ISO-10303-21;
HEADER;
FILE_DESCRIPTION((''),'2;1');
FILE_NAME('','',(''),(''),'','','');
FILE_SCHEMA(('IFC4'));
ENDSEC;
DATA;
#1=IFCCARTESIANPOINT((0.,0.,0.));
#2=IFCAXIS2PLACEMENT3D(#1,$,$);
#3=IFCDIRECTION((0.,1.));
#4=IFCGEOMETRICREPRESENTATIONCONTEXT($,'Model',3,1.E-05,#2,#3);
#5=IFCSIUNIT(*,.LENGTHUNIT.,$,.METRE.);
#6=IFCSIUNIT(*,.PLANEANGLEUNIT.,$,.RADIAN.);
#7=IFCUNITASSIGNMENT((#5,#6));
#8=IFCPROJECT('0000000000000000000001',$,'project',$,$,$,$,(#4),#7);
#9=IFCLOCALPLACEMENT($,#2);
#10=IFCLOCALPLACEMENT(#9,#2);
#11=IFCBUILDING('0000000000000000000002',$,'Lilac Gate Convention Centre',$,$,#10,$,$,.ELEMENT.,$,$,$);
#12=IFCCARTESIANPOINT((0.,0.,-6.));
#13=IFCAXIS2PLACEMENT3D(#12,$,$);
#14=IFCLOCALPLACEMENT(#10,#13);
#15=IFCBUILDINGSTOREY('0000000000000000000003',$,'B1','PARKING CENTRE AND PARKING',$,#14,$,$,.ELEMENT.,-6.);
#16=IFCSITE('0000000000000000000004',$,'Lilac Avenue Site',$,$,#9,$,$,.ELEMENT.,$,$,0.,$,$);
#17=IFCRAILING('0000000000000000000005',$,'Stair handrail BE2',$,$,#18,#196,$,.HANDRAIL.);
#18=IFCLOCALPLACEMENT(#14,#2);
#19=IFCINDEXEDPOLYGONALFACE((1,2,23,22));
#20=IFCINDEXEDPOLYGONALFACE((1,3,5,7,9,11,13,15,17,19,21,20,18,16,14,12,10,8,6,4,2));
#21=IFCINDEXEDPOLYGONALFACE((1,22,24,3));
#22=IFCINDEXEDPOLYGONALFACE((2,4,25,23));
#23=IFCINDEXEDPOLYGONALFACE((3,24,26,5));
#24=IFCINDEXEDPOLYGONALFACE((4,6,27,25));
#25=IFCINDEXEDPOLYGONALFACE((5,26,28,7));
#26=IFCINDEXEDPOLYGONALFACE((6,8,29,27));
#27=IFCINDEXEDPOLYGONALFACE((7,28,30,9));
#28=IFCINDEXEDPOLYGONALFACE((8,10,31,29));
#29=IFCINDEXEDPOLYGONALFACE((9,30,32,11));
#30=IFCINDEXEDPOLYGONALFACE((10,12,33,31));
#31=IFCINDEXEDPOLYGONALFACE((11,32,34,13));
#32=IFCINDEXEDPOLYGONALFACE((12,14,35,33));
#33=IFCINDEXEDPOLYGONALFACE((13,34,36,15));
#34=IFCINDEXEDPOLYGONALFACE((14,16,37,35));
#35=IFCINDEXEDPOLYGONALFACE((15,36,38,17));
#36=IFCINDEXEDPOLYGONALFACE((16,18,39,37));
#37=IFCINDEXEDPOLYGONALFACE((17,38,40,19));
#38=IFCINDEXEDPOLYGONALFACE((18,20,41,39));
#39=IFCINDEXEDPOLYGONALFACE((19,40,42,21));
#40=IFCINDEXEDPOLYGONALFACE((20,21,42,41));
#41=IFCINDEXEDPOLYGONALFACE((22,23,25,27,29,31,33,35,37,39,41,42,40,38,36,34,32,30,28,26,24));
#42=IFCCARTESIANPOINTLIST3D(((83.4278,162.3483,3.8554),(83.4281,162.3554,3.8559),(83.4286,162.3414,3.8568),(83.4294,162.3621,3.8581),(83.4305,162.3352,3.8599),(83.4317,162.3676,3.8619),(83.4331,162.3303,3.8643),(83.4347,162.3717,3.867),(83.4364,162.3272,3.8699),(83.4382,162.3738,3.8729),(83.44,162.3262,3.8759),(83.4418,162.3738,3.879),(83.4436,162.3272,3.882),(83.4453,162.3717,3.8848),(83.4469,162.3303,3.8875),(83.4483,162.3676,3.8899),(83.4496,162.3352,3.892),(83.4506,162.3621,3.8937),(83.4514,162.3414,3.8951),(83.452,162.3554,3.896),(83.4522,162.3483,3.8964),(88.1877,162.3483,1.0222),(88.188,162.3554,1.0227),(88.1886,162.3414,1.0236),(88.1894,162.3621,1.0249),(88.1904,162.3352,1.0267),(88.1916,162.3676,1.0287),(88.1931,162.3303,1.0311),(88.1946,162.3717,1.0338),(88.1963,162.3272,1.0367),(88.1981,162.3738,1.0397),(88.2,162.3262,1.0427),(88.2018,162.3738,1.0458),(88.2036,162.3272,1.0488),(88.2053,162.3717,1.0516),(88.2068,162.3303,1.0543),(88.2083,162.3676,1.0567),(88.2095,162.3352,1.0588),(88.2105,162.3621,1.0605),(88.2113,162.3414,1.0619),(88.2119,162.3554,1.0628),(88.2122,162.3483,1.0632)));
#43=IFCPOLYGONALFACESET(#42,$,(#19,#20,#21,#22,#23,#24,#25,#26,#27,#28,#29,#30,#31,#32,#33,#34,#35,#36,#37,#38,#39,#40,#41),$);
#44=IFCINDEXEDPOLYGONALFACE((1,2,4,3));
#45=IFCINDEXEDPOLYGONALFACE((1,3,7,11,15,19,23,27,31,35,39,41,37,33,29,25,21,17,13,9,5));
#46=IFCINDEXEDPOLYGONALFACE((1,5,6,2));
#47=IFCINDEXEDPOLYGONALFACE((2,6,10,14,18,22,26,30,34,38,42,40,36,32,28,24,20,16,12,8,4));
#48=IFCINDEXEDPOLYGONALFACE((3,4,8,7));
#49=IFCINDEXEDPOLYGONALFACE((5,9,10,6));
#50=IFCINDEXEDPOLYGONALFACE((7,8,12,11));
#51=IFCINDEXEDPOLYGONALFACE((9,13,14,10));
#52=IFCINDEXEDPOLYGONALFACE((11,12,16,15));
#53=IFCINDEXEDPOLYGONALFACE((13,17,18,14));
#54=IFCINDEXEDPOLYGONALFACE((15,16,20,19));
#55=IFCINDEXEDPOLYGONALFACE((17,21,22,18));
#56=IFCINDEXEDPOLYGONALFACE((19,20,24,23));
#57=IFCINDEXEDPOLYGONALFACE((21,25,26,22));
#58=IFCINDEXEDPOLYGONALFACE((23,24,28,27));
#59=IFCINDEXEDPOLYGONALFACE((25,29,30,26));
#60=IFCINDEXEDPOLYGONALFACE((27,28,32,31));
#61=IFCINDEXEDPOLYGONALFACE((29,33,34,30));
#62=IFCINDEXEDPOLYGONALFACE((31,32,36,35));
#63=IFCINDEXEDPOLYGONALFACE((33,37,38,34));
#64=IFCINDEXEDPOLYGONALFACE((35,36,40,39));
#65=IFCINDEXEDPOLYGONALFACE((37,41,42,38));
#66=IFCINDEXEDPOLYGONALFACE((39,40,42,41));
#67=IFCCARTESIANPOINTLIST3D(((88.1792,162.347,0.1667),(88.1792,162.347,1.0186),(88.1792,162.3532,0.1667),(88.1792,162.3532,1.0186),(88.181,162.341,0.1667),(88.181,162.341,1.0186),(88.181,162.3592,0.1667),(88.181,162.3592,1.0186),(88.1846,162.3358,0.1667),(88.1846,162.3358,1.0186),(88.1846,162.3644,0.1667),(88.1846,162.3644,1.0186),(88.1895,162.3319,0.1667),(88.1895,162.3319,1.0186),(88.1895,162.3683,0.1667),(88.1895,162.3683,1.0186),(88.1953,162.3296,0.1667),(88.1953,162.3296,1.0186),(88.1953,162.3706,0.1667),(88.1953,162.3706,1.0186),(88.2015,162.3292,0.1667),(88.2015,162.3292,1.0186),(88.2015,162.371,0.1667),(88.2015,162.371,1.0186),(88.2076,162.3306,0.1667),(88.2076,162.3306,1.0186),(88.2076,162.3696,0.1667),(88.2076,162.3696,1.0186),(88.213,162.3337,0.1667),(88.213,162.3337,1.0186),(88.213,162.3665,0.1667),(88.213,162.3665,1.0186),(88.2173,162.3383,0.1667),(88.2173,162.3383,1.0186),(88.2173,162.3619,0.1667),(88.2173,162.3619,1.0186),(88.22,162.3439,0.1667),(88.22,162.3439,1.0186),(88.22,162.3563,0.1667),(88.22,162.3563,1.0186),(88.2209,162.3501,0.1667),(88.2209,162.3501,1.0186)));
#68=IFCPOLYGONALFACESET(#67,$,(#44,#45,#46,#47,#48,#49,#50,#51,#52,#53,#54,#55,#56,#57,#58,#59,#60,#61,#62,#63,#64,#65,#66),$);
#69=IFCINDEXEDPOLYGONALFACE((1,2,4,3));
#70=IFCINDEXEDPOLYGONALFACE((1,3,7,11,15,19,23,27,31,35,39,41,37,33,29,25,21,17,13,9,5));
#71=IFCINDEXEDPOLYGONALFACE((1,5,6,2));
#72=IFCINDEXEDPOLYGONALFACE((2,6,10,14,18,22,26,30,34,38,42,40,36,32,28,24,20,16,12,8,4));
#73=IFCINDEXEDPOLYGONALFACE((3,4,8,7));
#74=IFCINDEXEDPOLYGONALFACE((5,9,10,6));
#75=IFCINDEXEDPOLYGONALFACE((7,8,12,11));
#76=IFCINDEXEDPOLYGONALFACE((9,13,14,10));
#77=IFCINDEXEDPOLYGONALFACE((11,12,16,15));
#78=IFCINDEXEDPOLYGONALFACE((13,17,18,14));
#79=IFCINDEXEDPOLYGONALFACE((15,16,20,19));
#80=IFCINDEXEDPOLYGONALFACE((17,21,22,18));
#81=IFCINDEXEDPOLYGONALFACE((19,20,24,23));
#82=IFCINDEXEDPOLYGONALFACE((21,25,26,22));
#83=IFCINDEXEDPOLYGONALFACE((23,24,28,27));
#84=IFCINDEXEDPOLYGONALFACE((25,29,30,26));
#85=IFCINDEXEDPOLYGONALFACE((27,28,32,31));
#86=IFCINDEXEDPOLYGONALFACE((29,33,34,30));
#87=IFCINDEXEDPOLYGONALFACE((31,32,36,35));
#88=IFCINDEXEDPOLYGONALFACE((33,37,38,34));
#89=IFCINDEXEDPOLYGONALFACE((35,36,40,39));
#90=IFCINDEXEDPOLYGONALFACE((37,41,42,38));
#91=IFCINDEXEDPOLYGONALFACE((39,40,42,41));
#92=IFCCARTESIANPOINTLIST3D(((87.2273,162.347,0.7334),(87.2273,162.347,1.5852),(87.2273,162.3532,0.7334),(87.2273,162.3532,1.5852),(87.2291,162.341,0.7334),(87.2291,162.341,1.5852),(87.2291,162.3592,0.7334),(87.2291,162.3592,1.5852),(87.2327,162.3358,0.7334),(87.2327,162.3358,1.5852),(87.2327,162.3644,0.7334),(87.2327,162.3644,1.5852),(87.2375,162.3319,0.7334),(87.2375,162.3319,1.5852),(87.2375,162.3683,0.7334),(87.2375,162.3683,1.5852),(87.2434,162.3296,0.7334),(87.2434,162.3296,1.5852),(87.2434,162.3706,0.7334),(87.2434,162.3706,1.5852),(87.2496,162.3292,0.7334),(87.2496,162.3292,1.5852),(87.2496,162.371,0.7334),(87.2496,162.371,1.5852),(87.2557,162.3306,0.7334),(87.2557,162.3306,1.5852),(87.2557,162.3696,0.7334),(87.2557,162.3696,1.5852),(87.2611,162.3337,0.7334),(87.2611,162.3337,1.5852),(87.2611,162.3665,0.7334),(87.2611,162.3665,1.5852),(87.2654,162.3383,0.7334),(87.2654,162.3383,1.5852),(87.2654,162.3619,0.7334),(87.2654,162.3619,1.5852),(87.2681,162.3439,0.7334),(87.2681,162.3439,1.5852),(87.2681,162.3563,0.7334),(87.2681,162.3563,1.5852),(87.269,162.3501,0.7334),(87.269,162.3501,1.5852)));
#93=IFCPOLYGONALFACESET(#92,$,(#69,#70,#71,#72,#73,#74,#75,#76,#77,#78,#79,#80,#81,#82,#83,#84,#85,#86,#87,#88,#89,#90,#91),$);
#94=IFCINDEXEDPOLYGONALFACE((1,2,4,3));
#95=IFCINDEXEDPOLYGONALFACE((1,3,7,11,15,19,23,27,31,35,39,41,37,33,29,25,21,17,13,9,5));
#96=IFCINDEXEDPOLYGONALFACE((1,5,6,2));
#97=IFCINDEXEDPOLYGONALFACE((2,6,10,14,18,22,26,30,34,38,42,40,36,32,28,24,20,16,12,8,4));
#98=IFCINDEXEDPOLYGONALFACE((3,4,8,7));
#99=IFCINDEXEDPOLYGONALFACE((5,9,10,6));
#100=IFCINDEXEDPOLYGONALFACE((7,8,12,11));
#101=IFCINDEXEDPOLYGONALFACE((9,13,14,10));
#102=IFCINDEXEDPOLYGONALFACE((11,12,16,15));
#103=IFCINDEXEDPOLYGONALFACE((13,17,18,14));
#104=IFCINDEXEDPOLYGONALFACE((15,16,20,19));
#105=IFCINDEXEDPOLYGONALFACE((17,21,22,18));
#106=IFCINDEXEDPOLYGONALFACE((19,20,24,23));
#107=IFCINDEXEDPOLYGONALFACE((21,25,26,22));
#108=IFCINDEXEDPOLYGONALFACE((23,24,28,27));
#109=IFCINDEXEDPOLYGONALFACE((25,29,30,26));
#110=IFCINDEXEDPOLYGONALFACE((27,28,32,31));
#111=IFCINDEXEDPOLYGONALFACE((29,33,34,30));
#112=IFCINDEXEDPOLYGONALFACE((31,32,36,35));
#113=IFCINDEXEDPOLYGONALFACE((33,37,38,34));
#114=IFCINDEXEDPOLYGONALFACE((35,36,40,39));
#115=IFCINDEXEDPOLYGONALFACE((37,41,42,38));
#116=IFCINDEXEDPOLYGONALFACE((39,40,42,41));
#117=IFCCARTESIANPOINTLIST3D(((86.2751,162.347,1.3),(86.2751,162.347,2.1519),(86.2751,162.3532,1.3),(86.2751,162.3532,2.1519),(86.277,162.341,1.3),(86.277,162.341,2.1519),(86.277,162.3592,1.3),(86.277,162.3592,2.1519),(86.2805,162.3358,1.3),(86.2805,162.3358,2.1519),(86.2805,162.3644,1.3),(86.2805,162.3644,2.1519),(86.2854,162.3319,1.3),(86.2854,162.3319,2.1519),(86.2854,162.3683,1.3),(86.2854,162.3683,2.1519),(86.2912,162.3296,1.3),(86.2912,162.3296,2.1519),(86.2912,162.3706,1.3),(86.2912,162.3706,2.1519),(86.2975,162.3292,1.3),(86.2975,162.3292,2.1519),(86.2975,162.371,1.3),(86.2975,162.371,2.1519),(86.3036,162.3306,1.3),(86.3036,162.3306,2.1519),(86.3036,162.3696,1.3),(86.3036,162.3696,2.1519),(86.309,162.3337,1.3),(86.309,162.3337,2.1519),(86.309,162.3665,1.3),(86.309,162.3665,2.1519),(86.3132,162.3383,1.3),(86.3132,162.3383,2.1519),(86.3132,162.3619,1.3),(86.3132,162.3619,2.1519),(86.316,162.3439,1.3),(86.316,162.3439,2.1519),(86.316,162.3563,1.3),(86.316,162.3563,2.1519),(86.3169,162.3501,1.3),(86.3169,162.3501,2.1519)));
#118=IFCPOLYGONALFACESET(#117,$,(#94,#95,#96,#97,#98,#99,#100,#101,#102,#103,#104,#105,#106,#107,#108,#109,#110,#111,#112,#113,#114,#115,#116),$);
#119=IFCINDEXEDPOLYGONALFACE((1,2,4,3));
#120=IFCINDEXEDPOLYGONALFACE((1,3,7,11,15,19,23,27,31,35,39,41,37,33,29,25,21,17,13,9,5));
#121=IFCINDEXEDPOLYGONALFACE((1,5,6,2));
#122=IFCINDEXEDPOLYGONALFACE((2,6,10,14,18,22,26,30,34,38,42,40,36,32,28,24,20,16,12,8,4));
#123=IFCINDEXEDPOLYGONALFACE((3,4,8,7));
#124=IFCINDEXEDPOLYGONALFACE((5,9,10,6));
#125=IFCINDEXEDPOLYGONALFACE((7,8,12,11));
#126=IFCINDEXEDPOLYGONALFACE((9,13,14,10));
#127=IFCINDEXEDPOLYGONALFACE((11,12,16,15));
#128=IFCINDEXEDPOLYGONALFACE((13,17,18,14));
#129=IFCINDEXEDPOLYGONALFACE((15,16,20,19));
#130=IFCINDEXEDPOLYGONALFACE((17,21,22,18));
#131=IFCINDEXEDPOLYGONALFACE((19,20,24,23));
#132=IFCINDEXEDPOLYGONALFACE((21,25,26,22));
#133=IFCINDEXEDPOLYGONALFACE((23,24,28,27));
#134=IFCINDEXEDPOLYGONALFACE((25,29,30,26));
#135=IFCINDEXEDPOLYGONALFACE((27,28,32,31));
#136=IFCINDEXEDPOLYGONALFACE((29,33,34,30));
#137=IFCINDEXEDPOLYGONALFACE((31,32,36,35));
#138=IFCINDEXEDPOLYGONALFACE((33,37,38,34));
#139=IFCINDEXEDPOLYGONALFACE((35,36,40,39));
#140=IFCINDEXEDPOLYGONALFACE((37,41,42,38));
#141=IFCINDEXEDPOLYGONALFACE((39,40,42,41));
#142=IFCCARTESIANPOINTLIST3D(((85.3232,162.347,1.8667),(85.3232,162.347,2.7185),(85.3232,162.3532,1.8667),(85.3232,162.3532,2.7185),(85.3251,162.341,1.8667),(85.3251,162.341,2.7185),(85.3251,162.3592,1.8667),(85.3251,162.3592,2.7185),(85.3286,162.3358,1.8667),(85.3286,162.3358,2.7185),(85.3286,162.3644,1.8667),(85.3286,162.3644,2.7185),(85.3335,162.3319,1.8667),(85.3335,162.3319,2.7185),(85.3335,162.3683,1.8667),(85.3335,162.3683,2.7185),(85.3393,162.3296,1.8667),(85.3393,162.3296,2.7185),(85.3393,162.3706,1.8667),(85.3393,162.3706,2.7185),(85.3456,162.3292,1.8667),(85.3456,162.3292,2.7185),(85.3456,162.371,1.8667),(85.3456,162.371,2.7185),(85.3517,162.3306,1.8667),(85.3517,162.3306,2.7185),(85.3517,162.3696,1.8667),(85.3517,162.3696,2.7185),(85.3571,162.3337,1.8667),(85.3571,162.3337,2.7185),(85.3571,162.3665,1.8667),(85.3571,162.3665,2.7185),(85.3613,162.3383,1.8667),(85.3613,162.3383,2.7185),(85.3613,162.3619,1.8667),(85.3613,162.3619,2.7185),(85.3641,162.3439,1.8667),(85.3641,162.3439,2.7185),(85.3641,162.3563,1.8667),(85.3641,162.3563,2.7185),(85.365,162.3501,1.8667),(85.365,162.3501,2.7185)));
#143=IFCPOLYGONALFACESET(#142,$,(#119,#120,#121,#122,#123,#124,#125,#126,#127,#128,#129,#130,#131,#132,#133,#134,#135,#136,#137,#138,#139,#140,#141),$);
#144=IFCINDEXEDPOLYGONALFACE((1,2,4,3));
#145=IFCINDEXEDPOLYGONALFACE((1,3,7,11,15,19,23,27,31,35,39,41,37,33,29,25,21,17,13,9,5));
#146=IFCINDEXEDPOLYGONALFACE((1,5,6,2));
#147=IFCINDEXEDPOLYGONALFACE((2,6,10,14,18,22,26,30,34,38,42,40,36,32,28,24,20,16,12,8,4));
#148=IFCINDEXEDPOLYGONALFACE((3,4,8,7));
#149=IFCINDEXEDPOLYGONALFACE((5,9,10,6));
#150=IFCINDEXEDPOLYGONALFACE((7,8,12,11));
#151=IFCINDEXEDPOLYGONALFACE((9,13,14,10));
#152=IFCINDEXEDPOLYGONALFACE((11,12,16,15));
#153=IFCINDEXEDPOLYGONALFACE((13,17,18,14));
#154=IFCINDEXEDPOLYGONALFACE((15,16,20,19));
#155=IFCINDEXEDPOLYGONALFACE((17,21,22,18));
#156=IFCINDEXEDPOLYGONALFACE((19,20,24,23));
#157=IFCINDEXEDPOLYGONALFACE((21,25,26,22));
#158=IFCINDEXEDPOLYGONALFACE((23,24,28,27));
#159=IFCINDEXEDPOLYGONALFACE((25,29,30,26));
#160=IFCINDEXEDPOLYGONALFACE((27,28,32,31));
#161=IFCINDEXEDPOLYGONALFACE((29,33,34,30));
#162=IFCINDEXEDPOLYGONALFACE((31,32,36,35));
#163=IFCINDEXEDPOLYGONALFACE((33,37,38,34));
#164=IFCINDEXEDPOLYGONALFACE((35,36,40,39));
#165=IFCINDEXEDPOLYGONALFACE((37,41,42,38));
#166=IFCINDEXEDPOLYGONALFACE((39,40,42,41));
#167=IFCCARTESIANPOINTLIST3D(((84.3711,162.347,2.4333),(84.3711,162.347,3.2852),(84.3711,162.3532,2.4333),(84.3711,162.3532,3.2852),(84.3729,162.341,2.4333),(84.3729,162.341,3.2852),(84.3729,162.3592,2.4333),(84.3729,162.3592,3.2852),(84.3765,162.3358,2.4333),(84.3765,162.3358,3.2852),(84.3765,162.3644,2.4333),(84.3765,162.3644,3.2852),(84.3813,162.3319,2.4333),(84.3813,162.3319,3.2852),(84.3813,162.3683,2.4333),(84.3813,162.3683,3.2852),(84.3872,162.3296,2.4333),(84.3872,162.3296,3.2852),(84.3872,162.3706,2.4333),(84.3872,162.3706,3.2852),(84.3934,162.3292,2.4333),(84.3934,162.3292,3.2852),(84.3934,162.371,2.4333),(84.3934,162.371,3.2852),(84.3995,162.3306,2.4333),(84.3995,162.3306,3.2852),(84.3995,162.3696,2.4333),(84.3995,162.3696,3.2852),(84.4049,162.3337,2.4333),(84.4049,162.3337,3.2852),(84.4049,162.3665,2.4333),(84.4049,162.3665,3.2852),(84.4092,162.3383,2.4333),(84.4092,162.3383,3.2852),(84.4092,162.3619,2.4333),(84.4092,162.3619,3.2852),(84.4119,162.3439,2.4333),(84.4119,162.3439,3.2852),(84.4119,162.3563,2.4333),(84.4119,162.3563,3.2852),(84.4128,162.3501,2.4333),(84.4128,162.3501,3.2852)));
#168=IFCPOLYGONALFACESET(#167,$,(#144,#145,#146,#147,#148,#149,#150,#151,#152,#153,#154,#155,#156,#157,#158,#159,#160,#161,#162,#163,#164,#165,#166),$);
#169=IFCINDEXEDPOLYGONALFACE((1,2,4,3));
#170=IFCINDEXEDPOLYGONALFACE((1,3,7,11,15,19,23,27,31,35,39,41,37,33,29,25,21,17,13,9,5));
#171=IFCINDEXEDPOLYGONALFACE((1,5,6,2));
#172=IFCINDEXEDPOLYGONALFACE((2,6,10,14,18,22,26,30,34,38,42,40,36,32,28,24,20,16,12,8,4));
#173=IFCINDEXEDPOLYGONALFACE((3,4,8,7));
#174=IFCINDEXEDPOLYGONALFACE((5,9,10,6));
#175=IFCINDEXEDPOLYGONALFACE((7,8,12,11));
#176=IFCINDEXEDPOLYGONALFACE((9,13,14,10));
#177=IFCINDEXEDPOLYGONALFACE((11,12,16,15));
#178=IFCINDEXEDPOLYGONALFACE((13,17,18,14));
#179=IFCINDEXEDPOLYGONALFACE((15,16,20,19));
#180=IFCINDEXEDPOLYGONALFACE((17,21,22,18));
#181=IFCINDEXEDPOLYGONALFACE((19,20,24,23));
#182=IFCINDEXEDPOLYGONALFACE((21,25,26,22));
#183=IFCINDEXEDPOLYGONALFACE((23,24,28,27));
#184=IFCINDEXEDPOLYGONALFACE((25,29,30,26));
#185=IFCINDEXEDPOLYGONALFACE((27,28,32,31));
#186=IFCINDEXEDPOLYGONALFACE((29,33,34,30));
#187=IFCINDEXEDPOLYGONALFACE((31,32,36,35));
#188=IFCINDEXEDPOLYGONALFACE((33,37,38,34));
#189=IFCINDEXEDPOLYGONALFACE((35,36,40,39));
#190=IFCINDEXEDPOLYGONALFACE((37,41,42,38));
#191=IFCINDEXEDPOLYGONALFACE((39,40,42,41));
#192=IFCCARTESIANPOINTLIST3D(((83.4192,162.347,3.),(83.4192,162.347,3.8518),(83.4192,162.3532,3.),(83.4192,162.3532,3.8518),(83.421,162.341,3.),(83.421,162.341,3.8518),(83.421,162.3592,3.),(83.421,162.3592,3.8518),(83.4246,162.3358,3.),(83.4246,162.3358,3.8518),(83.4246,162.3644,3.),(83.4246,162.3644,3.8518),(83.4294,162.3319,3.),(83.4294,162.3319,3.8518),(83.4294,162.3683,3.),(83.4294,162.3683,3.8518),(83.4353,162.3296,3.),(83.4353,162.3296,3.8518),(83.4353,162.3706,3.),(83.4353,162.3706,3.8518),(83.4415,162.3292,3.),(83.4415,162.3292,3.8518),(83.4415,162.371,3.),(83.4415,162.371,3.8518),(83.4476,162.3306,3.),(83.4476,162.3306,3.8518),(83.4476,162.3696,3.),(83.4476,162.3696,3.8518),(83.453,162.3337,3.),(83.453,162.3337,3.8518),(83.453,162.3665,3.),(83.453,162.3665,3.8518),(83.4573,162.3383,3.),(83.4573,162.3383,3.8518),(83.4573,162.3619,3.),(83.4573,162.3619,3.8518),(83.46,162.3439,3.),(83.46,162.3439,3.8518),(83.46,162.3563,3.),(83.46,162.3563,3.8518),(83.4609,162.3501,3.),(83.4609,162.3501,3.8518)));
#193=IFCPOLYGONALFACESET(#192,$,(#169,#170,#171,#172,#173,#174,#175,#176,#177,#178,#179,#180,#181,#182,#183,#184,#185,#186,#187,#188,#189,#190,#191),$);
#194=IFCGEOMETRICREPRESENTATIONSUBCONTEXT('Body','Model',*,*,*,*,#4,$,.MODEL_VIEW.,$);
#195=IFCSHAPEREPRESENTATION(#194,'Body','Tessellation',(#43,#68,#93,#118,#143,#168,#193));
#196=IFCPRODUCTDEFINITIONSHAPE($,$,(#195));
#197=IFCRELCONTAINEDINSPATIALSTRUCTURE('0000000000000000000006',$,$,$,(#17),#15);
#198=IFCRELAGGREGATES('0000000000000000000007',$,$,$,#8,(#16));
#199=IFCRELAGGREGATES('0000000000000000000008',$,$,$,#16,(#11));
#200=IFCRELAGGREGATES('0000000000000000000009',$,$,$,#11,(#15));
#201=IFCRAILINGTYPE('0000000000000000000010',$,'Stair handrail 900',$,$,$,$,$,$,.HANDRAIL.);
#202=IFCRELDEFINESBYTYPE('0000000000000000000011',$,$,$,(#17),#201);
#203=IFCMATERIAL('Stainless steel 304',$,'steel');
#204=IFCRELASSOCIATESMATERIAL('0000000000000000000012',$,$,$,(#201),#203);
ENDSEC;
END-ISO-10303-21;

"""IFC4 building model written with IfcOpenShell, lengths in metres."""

from ifc_helpers import new_model, si_unit, direction, frame, origin, origin_2d, place, context, subcontext, project, spatial, circle, extrude, material, type_object, element, save


model = new_model("IFC4")

# Units and contexts
model_context = context("Model", 3, precision=1e-05, world=origin(), true_north=direction((0.0, 1.0)))
body_context = subcontext(model_context, "Body", "Model", "MODEL_VIEW")
ifc_project = project(units=[si_unit("LENGTHUNIT", "METRE"), si_unit("PLANEANGLEUNIT", "RADIAN")], contexts=[model_context])

# Site, building, storey
site_placement = place(None, origin())
site = spatial("IfcSite", under=ifc_project, at=site_placement, Name="Lilac Avenue Site", CompositionType="ELEMENT", RefElevation=0.0)
building_placement = place(site_placement, origin())
building = spatial("IfcBuilding", under=site, at=building_placement, Name="Lilac Gate Convention Centre", CompositionType="ELEMENT")
storey_placement = place(building_placement, frame((0.0, 0.0, -6.0)))
storey = spatial("IfcBuildingStorey", under=building, at=storey_placement, Name="B1", Description="PARKING CENTRE AND PARKING", CompositionType="ELEMENT", Elevation=-6.0)

# Railing
ifc_material_1 = material(Name="Stainless steel 304", Category="steel")
railing_type = type_object("IfcRailingType", Name="Stair handrail 900", PredefinedType="HANDRAIL", material=ifc_material_1)
for number, where, name in (
    (1, (88.2, 162.3501, 0.1667), "Stair handrail BE2"),
):
    element("IfcRailing", number, at=place(storey_placement, frame(where)), inside=storey, type_object=railing_type, Name=name, PredefinedType="HANDRAIL", context=body_context, shape_type="SweptSolid", body=[
        extrude(circle(Radius=0.0239, at=origin_2d()), frame((0.0, 0.0, 0.876), z_axis=(-0.8593, 0.0, 0.511472), x_axis=(0.0, -1.0, 0.0)), (0.0, 0.0, 1.0), 5.5393),
        extrude(circle(Radius=0.021, at=origin_2d()), origin(), (0.0, 0.0, 1.0), 0.8518),
        extrude(circle(Radius=0.021, at=origin_2d()), frame((-0.9519, 0.0, 0.5667)), (0.0, 0.0, 1.0), 0.8518),
        extrude(circle(Radius=0.021, at=origin_2d()), frame((-1.9041, 0.0, 1.1333)), (0.0, 0.0, 1.0), 0.8518),
        extrude(circle(Radius=0.021, at=origin_2d()), frame((-2.856, 0.0, 1.7)), (0.0, 0.0, 1.0), 0.8518),
        extrude(circle(Radius=0.021, at=origin_2d()), frame((-3.8081, 0.0, 2.2666)), (0.0, 0.0, 1.0), 0.8518),
        extrude(circle(Radius=0.021, at=origin_2d()), frame((-4.76, 0.0, 2.8333)), (0.0, 0.0, 1.0), 0.8518),
    ])

save(model, "model.ifc")
